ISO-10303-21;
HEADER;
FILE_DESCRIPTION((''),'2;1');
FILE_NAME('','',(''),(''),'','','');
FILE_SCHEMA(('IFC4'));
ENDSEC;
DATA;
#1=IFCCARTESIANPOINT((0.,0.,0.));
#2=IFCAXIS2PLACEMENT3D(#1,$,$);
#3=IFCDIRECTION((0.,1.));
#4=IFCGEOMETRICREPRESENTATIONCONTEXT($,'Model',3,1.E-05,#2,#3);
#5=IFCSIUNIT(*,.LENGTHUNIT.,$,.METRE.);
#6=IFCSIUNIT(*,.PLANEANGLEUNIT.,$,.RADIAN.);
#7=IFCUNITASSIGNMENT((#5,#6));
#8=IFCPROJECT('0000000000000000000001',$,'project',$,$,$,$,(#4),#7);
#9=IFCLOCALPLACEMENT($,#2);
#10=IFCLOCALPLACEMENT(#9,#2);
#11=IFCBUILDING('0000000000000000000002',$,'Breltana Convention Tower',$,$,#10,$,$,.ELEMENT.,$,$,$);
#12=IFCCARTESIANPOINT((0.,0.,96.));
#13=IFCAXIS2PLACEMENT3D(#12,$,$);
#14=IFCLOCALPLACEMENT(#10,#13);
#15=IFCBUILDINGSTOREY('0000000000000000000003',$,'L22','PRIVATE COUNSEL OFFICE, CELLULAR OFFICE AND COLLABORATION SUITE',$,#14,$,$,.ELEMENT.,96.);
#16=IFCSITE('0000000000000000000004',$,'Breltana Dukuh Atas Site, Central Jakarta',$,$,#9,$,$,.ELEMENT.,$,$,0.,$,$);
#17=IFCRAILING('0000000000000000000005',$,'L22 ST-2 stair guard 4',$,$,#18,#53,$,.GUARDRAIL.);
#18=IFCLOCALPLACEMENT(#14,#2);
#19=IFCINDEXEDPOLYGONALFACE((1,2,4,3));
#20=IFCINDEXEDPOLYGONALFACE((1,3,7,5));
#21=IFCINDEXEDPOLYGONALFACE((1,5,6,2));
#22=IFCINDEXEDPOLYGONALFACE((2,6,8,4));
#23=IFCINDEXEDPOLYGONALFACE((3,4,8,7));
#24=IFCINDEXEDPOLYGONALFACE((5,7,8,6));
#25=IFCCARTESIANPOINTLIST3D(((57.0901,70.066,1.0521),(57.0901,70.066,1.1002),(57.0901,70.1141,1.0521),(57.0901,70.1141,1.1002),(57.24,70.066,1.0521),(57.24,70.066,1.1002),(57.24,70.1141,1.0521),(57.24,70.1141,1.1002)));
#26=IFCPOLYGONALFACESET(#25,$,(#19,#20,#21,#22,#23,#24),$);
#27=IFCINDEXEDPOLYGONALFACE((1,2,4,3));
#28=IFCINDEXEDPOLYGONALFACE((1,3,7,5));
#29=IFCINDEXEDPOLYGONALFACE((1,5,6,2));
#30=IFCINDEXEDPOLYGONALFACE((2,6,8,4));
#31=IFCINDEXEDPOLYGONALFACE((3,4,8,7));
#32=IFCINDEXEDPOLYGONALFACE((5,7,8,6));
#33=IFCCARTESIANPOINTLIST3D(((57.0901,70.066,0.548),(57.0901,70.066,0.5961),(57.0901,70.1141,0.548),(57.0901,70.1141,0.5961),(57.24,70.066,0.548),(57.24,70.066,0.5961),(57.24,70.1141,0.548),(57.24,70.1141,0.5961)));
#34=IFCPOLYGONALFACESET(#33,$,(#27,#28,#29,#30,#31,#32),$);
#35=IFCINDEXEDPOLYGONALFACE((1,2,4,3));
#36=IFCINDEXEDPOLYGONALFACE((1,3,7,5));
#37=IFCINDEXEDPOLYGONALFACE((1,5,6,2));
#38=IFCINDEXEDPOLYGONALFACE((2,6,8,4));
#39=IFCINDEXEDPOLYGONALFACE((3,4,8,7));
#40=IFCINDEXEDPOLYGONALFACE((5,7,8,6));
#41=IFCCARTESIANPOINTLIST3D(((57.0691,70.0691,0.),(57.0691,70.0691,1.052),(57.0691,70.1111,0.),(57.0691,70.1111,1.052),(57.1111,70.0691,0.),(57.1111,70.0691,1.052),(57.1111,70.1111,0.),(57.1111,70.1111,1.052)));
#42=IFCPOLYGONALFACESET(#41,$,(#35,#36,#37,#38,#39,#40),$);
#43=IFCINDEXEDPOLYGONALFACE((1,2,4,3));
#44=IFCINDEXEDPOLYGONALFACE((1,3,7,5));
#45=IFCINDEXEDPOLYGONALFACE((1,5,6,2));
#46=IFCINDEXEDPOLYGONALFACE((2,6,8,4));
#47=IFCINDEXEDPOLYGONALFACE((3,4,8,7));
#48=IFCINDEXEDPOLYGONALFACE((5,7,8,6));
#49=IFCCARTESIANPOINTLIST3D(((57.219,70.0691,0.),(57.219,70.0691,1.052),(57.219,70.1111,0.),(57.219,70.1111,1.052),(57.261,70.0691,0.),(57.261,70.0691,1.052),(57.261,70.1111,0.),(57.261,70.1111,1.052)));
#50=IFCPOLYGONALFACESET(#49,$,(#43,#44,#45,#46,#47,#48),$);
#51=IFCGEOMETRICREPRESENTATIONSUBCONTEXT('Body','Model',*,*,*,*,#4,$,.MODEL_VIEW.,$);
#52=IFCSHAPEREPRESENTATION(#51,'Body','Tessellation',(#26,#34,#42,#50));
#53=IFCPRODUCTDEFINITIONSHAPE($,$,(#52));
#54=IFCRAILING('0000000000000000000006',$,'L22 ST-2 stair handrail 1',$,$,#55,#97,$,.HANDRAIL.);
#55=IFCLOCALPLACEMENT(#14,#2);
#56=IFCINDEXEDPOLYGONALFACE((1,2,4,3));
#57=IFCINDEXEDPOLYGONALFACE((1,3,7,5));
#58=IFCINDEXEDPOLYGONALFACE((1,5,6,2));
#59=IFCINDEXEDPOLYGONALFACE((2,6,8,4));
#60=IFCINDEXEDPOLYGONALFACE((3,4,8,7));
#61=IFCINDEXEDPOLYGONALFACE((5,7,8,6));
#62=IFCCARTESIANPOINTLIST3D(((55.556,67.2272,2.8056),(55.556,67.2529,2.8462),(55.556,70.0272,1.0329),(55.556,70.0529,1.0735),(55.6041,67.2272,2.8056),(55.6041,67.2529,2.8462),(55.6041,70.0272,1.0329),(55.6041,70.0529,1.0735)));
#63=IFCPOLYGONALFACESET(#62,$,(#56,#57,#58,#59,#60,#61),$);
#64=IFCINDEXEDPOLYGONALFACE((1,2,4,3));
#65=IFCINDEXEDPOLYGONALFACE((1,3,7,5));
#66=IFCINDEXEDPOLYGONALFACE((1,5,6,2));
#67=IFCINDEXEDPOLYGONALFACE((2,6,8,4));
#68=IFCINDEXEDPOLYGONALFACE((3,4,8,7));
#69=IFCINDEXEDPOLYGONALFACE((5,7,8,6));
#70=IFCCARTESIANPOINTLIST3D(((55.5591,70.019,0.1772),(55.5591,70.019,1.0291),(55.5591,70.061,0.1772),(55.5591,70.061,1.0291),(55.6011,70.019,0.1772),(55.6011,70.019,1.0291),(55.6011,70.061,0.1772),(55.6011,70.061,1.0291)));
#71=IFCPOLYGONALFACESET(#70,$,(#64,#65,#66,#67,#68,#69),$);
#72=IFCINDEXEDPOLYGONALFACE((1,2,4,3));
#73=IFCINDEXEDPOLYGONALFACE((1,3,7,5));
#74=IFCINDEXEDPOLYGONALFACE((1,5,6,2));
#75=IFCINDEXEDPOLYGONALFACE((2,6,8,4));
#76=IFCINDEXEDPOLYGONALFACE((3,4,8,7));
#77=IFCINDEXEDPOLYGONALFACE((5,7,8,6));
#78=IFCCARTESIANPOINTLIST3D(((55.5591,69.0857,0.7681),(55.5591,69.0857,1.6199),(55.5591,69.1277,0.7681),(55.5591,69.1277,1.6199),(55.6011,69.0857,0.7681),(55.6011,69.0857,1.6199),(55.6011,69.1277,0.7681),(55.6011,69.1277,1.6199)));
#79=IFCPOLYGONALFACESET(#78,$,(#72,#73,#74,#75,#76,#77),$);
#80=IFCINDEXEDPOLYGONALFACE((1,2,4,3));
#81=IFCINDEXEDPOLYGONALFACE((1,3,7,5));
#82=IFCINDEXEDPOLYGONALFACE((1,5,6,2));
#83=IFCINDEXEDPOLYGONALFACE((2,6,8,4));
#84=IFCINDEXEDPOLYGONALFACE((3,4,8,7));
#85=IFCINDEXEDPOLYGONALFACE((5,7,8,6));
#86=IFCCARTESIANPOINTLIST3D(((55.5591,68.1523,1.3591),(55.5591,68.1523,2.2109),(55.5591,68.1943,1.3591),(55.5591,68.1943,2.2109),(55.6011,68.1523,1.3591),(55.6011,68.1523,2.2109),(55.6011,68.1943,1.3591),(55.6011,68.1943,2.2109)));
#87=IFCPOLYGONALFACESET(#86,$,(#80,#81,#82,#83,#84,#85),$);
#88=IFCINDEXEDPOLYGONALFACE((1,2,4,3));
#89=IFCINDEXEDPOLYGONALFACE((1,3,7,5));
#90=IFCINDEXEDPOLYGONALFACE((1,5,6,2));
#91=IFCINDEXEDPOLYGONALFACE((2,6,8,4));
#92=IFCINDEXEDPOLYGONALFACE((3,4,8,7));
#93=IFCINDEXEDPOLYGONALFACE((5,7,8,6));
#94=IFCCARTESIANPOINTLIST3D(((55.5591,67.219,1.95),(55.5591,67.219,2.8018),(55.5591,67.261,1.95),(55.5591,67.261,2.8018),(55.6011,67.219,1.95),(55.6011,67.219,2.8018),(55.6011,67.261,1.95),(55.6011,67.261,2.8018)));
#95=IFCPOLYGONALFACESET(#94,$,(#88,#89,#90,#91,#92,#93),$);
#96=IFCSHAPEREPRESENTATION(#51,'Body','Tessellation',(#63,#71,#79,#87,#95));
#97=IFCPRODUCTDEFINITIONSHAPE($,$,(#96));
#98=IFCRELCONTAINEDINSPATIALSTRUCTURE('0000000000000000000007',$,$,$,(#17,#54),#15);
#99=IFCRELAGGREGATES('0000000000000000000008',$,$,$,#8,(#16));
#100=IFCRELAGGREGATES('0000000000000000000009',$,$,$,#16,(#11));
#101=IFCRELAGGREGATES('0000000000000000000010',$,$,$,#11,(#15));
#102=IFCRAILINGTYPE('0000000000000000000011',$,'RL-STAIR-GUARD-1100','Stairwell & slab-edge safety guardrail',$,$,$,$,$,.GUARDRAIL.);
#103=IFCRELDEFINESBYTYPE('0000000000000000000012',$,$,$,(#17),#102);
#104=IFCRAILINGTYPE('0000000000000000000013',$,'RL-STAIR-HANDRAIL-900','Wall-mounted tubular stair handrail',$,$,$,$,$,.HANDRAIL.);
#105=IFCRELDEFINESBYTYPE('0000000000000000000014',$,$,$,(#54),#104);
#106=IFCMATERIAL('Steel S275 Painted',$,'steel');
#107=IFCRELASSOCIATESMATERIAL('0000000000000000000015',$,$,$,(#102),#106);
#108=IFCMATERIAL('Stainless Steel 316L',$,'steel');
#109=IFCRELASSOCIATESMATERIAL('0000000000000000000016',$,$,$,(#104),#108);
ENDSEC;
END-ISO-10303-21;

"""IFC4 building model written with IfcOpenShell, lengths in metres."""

from ifc_helpers import new_model, si_unit, direction, frame, origin, origin_2d, place, context, subcontext, project, spatial, rectangle, extrude, material, type_object, element, save


model = new_model("IFC4")

# Units and contexts
model_context = context("Model", 3, precision=1e-05, world=origin(), true_north=direction((0.0, 1.0)))
body_context = subcontext(model_context, "Body", "Model", "MODEL_VIEW")
ifc_project = project(units=[si_unit("LENGTHUNIT", "METRE"), si_unit("PLANEANGLEUNIT", "RADIAN")], contexts=[model_context])

# Site, building, storey
site_placement = place(None, origin())
site = spatial("IfcSite", under=ifc_project, at=site_placement, Name="Breltana Dukuh Atas Site, Central Jakarta", CompositionType="ELEMENT", RefElevation=0.0)
building_placement = place(site_placement, origin())
building = spatial("IfcBuilding", under=site, at=building_placement, Name="Breltana Convention Tower", CompositionType="ELEMENT")
storey_placement = place(building_placement, frame((0.0, 0.0, 96.0)))
storey = spatial("IfcBuildingStorey", under=building, at=storey_placement, Name="L22", Description="PRIVATE COUNSEL OFFICE, CELLULAR OFFICE AND COLLABORATION SUITE", CompositionType="ELEMENT", Elevation=96.0)

# Railings
ifc_material_1 = material(Name="Steel S275 Painted", Category="steel")
railing_type_1 = type_object("IfcRailingType", Name="RL-STAIR-GUARD-1100", Description="Stairwell & slab-edge safety guardrail", PredefinedType="GUARDRAIL", material=ifc_material_1)
railing_1_placement = place(storey_placement, frame((57.0901, 70.0901, 0.0)))
element("IfcRailing", 1, at=railing_1_placement, inside=storey, type_object=railing_type_1, Name="L22 ST-2 stair guard 4", PredefinedType="GUARDRAIL", context=body_context, shape_type="SweptSolid", body=[
    extrude(rectangle(XDim=0.0481, YDim=0.0481, at=origin_2d()), frame((0.0, 0.0, 1.0762), z_axis=(1.0, 0.0, 0.0), x_axis=(0.0, 1.0, 0.0)), (0.0, 0.0, 1.0), 0.1499),
    extrude(rectangle(XDim=0.0481, YDim=0.0481, at=origin_2d()), frame((0.0, 0.0, 0.572), z_axis=(1.0, 0.0, 0.0), x_axis=(0.0, 1.0, 0.0)), (0.0, 0.0, 1.0), 0.1499),
    extrude(rectangle(XDim=0.042, YDim=0.042, at=origin_2d()), origin(), (0.0, 0.0, 1.0), 1.052),
    extrude(rectangle(XDim=0.042, YDim=0.042, at=origin_2d()), frame((0.1499, 0.0, 0.0)), (0.0, 0.0, 1.0), 1.052),
])
ifc_material_2 = material(Name="Stainless Steel 316L", Category="steel")
railing_type_2 = type_object("IfcRailingType", Name="RL-STAIR-HANDRAIL-900", Description="Wall-mounted tubular stair handrail", PredefinedType="HANDRAIL", material=ifc_material_2)
railing_2_placement = place(storey_placement, frame((55.5801, 70.04, 0.1772)))
element("IfcRailing", 2, at=railing_2_placement, inside=storey, type_object=railing_type_2, Name="L22 ST-2 stair handrail 1", PredefinedType="HANDRAIL", context=body_context, shape_type="SweptSolid", body=[
    extrude(rectangle(XDim=0.0481, YDim=0.0481, at=origin_2d()), frame((0.0, 0.0, 0.876), z_axis=(0.0, -0.844909, 0.53491), x_axis=(1.0, 0.0, 0.0)), (0.0, 0.0, 1.0), 3.314),
    extrude(rectangle(XDim=0.042, YDim=0.042, at=origin_2d()), origin(), (0.0, 0.0, 1.0), 0.8518),
    extrude(rectangle(XDim=0.042, YDim=0.042, at=origin_2d()), frame((0.0, -0.9333, 0.5908)), (0.0, 0.0, 1.0), 0.8518),
    extrude(rectangle(XDim=0.042, YDim=0.042, at=origin_2d()), frame((0.0, -1.8667, 1.1819)), (0.0, 0.0, 1.0), 0.8518),
    extrude(rectangle(XDim=0.042, YDim=0.042, at=origin_2d()), frame((0.0, -2.8, 1.7727)), (0.0, 0.0, 1.0), 0.8518),
])

save(model, "model.ifc")
